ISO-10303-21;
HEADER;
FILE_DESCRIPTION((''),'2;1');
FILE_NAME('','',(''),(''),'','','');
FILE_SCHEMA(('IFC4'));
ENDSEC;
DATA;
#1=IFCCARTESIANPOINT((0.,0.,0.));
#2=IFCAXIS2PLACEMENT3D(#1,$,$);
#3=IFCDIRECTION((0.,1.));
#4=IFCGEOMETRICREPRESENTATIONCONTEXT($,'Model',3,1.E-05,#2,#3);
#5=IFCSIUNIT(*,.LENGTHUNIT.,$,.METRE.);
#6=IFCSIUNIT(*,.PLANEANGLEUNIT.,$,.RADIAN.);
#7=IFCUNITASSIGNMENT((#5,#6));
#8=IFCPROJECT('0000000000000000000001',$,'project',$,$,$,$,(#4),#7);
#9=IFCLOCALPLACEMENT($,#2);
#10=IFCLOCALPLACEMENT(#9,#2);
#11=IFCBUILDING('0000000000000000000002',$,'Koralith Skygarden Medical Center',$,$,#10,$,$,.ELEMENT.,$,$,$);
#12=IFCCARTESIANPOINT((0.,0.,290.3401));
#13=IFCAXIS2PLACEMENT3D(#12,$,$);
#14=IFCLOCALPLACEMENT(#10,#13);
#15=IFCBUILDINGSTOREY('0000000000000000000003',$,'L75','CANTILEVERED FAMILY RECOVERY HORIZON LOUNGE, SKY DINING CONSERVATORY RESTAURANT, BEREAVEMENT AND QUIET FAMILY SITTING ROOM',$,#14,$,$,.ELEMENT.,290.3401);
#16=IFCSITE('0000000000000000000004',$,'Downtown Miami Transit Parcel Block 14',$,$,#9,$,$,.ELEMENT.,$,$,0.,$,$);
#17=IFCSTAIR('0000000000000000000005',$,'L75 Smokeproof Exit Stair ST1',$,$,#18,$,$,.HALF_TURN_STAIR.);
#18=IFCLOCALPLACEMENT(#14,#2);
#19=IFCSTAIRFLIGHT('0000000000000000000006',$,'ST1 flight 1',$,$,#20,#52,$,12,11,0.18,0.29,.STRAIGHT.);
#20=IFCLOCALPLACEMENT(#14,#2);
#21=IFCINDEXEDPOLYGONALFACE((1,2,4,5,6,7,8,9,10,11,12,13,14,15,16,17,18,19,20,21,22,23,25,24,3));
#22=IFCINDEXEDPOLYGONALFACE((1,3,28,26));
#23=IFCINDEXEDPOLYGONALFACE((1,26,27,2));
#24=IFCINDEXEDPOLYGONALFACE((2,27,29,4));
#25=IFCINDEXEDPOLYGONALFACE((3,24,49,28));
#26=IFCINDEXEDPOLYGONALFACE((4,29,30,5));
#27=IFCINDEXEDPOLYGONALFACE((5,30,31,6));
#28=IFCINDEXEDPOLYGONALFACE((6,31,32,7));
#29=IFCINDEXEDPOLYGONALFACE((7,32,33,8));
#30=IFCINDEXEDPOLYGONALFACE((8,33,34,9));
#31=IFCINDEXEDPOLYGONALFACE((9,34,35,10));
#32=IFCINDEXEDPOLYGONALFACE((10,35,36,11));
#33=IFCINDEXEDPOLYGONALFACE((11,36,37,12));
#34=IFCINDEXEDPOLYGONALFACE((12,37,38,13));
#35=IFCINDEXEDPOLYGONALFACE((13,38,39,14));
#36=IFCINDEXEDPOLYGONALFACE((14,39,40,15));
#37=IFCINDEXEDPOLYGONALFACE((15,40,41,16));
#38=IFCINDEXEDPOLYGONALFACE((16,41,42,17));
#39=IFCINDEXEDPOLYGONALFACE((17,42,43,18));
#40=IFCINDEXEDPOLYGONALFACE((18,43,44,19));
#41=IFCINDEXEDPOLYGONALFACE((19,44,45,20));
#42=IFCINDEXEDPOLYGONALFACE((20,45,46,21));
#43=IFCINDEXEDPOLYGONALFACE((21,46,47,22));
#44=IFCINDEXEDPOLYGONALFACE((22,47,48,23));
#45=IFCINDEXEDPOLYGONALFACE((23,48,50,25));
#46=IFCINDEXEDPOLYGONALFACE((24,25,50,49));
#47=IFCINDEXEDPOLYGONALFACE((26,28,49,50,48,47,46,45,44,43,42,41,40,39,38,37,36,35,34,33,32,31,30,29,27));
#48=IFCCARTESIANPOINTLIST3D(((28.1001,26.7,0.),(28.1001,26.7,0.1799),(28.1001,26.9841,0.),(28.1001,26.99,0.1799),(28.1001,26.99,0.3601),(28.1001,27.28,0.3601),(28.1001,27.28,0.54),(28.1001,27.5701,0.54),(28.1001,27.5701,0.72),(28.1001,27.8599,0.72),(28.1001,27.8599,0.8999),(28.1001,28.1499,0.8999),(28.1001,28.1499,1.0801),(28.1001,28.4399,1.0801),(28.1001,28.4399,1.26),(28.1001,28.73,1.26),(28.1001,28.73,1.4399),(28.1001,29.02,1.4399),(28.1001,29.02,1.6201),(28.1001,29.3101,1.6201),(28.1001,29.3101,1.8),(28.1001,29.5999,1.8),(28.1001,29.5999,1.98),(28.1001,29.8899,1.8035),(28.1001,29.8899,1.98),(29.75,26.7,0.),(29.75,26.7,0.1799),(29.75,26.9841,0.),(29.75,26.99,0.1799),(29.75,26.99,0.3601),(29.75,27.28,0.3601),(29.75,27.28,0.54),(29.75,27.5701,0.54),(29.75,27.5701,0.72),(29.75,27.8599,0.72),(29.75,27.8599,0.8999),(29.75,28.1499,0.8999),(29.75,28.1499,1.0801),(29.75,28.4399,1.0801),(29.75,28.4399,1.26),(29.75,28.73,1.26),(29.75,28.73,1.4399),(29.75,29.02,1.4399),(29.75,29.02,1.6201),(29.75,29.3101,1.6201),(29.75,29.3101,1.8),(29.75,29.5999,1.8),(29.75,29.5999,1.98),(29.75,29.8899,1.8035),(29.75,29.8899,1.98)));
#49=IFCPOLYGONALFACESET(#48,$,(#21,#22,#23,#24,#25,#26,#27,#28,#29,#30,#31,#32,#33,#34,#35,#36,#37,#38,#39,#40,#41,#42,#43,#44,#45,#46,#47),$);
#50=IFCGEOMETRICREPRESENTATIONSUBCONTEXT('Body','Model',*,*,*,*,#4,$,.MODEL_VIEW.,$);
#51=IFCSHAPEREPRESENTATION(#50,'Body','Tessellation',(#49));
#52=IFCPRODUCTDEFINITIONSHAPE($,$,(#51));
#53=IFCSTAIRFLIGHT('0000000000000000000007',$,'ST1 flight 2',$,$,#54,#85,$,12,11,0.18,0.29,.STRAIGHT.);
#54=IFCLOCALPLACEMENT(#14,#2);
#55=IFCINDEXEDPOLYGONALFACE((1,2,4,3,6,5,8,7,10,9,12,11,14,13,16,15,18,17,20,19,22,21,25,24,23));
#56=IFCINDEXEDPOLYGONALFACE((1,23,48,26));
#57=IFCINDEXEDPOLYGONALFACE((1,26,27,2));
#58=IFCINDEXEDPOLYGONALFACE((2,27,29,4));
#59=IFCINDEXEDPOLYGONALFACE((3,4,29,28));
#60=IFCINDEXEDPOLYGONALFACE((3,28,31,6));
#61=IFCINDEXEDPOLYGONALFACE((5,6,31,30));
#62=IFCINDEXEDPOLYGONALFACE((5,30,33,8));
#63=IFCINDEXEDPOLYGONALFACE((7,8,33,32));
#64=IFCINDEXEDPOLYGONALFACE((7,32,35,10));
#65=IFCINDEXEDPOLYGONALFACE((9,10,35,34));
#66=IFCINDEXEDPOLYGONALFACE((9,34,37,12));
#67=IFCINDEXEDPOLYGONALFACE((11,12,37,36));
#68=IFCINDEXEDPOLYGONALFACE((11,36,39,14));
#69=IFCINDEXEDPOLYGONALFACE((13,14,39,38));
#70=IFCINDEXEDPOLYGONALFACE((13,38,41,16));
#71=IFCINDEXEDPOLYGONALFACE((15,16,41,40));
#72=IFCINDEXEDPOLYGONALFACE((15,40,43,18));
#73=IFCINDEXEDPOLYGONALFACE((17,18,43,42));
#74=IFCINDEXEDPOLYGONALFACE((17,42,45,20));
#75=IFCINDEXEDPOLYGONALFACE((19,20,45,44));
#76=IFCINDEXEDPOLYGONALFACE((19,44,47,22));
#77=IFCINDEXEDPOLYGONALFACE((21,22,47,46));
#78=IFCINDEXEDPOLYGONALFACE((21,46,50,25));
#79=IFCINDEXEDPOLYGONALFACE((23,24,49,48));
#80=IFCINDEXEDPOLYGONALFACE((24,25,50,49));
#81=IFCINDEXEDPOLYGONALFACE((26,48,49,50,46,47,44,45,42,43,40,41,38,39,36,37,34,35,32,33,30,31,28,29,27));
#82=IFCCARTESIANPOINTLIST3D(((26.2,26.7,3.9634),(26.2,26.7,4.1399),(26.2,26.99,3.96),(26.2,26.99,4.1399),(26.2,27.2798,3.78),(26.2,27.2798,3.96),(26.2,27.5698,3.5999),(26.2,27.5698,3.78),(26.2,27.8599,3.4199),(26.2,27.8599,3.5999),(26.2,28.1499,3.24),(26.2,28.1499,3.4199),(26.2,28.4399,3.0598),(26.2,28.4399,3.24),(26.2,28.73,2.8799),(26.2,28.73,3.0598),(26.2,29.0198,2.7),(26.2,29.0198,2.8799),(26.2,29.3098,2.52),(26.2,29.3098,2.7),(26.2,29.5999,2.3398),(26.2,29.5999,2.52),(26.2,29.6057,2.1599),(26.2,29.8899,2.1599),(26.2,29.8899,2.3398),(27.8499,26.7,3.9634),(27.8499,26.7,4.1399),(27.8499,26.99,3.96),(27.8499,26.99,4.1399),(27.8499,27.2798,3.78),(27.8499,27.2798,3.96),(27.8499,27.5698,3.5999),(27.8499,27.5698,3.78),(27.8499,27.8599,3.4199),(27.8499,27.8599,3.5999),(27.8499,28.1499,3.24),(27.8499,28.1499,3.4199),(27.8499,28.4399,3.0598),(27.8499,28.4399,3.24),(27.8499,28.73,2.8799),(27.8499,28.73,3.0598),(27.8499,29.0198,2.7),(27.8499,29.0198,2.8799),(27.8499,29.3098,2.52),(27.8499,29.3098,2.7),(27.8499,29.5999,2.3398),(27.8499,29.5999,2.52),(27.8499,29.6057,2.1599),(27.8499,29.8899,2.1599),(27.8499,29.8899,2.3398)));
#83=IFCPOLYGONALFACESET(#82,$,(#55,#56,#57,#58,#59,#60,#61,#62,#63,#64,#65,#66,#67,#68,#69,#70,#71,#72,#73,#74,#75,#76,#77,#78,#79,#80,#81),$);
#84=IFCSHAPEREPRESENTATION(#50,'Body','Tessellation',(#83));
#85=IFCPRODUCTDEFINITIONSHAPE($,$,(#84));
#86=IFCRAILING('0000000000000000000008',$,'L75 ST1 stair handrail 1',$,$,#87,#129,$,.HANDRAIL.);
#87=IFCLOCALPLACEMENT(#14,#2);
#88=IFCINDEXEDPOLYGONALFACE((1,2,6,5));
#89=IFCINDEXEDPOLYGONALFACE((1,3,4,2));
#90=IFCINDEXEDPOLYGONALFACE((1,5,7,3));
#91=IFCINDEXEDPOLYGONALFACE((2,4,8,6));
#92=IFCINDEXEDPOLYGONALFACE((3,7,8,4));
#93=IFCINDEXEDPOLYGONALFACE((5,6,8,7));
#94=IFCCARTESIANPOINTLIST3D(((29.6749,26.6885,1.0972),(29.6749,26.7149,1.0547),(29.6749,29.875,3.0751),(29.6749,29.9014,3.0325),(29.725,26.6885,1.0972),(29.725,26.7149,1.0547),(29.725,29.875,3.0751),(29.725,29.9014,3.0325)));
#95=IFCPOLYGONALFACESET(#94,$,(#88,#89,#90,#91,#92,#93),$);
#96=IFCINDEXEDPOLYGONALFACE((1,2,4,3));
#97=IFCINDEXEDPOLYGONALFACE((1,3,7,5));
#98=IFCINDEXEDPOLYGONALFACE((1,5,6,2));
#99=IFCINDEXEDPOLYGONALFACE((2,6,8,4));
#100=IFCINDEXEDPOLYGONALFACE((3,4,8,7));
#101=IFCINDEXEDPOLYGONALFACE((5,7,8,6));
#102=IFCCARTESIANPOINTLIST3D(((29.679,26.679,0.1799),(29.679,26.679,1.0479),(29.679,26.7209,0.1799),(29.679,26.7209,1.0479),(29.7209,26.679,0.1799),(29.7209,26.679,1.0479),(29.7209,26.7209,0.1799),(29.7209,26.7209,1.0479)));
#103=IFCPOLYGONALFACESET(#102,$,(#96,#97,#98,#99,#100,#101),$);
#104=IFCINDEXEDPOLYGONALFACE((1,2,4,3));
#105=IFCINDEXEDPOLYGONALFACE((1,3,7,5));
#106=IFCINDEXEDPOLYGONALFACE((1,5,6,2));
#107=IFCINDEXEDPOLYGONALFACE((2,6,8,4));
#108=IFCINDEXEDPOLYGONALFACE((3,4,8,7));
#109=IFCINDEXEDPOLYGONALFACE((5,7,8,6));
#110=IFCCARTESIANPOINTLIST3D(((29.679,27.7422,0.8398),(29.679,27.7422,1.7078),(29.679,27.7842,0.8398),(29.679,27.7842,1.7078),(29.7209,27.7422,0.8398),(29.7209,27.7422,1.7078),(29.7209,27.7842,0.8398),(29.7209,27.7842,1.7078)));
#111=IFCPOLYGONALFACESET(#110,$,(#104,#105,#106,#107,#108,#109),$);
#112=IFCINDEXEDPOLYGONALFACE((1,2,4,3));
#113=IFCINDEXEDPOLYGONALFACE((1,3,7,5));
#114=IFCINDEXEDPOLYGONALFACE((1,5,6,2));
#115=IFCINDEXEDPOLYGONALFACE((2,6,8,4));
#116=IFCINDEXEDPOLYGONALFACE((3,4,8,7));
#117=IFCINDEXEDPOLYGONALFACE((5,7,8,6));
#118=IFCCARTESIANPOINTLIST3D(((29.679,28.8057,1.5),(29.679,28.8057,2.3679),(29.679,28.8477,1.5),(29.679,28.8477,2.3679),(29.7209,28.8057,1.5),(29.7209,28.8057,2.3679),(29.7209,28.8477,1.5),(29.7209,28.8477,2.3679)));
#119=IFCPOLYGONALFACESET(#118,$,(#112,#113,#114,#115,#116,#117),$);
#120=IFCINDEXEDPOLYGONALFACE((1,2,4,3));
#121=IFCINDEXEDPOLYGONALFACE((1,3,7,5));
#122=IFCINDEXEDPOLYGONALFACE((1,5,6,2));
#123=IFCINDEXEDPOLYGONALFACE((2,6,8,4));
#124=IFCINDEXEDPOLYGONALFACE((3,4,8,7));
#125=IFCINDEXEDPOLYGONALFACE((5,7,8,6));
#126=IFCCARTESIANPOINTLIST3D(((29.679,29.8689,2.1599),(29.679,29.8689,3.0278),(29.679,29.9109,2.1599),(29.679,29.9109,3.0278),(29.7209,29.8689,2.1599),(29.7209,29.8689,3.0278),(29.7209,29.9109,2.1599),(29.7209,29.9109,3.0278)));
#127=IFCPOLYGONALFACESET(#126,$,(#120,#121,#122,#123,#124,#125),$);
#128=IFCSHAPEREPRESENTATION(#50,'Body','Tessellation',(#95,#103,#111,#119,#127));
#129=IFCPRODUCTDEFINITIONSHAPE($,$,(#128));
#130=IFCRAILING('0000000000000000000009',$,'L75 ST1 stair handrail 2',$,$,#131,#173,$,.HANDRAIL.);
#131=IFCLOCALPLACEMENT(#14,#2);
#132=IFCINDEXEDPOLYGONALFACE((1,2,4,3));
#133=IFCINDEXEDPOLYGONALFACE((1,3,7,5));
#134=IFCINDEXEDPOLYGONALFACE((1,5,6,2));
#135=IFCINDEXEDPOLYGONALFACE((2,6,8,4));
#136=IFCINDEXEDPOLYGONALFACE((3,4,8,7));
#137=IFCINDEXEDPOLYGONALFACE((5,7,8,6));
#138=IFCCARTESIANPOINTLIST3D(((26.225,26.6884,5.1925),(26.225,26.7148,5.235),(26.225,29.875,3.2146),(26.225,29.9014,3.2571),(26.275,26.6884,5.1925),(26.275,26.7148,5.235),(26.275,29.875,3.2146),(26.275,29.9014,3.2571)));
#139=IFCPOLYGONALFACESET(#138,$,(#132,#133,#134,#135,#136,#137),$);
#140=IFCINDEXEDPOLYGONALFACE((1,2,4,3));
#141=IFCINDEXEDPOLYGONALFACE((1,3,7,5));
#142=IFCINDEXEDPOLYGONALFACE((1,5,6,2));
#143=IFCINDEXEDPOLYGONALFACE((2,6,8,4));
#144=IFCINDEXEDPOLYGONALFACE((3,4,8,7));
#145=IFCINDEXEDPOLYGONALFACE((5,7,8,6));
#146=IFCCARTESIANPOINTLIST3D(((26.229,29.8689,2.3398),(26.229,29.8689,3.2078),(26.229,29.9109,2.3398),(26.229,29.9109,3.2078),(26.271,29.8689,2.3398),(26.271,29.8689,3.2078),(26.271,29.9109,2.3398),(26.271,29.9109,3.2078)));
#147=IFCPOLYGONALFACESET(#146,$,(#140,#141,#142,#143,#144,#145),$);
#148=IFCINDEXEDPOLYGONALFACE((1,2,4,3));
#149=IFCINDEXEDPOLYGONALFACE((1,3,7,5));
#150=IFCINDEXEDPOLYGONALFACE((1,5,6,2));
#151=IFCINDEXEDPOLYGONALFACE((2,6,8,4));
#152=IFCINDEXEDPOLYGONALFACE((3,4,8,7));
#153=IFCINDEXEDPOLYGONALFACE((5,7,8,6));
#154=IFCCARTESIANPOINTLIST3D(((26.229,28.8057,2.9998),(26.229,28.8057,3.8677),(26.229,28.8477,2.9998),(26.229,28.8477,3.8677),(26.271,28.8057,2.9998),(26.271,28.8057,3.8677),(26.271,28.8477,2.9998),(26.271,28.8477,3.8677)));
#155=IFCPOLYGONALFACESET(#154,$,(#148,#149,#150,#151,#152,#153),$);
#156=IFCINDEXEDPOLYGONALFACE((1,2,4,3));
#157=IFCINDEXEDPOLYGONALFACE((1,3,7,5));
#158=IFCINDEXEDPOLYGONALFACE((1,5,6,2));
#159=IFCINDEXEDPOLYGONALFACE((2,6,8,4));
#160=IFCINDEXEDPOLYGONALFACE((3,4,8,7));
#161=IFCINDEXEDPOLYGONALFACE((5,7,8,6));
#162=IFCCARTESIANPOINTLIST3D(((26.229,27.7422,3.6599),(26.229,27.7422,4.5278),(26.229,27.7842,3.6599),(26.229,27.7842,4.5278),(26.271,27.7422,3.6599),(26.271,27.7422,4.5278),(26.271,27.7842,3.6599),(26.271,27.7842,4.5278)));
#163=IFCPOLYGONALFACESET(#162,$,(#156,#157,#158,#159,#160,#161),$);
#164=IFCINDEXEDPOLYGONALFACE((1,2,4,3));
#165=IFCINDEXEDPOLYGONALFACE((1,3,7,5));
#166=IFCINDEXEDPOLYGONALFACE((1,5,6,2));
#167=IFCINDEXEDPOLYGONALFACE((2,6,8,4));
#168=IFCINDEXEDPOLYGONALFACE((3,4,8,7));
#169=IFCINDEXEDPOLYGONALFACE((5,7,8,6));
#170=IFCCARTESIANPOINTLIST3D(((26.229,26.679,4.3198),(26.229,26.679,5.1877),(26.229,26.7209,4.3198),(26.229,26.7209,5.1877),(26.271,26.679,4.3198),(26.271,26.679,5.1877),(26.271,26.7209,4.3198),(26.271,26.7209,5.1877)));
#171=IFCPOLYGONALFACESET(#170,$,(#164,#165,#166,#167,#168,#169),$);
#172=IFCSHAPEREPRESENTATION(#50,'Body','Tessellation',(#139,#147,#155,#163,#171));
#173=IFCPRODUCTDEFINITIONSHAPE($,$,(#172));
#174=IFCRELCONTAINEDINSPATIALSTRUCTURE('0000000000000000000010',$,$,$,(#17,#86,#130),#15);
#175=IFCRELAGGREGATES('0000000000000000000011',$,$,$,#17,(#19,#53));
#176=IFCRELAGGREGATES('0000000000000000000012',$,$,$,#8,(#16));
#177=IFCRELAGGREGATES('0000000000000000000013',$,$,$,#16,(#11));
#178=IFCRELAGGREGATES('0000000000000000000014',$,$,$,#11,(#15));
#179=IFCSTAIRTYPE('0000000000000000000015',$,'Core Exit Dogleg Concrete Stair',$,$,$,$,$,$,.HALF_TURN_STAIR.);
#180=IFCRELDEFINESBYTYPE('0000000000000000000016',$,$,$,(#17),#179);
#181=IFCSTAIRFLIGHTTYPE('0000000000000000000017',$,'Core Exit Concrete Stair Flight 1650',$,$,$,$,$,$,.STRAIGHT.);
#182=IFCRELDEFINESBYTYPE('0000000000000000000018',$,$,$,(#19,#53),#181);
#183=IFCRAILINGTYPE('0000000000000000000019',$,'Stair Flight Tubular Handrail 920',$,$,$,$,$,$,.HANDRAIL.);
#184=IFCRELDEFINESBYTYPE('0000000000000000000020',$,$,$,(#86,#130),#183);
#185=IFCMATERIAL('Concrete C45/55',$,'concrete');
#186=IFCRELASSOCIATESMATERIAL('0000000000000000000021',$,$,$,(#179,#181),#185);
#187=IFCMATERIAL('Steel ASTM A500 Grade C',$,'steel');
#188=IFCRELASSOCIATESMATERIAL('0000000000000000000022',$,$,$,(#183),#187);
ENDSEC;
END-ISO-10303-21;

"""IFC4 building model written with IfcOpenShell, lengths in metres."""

from ifc_helpers import new_model, si_unit, direction, frame, origin, origin_2d, place, context, subcontext, project, spatial, polyline, rectangle, outline, extrude, material, type_object, element, aggregate, save


model = new_model("IFC4")

# Units and contexts
model_context = context("Model", 3, precision=1e-05, world=origin(), true_north=direction((0.0, 1.0)))
body_context = subcontext(model_context, "Body", "Model", "MODEL_VIEW")
ifc_project = project(units=[si_unit("LENGTHUNIT", "METRE"), si_unit("PLANEANGLEUNIT", "RADIAN")], contexts=[model_context])

# Site, building, storey
site_placement = place(None, origin())
site = spatial("IfcSite", under=ifc_project, at=site_placement, Name="Downtown Miami Transit Parcel Block 14", CompositionType="ELEMENT", RefElevation=0.0)
building_placement = place(site_placement, origin())
building = spatial("IfcBuilding", under=site, at=building_placement, Name="Koralith Skygarden Medical Center", CompositionType="ELEMENT")
storey_placement = place(building_placement, frame((0.0, 0.0, 290.3401)))
storey = spatial("IfcBuildingStorey", under=building, at=storey_placement, Name="L75", Description="CANTILEVERED FAMILY RECOVERY HORIZON LOUNGE, SKY DINING CONSERVATORY RESTAURANT, BEREAVEMENT AND QUIET FAMILY SITTING ROOM", CompositionType="ELEMENT", Elevation=290.3401)

# Shared definitions
ifc_material_1 = material(Name="Concrete C45/55", Category="concrete")

# Shared definitions
ifc_material_2 = material(Name="Steel ASTM A500 Grade C", Category="steel")

# Stair, stair flights
stair_type = type_object("IfcStairType", Name="Core Exit Dogleg Concrete Stair", PredefinedType="HALF_TURN_STAIR", material=ifc_material_1)
stair_placement = place(storey_placement, origin())
stair = element("IfcStair", 1, at=stair_placement, inside=storey, type_object=stair_type, Name="L75 Smokeproof Exit Stair ST1", PredefinedType="HALF_TURN_STAIR")
stair_flight_type = type_object("IfcStairFlightType", Name="Core Exit Concrete Stair Flight 1650", PredefinedType="STRAIGHT", material=ifc_material_1)
stair_flight_1_placement = place(storey_placement, frame((28.925, 26.7, 0.0), z_axis=(0.0, 0.0, 1.0), x_axis=(0.0, 1.0, 0.0)))
stair_flight_1 = element("IfcStairFlight", 2, at=stair_flight_1_placement, type_object=stair_flight_type, Name="ST1 flight 1", NumberOfRisers=12, NumberOfTreads=11, PredefinedType="STRAIGHT", RiserHeight=0.18, TreadLength=0.29, context=body_context, shape_type="SweptSolid", body=[
    extrude(outline(polyline([(0.0, 0.0), (0.0, 0.1799), (0.29, 0.1799), (0.29, 0.3601), (0.5801, 0.3601), (0.5801, 0.54), (0.8701, 0.54), (0.8701, 0.72), (1.1599, 0.72), (1.1599, 0.8999), (1.45, 0.8999), (1.45, 1.0801), (1.74, 1.0801), (1.74, 1.26), (2.03, 1.26), (2.03, 1.4399), (2.3201, 1.4399), (2.3201, 1.6201), (2.6101, 1.6201), (2.6101, 1.8), (2.8999, 1.8), (2.8999, 1.98), (3.1899, 1.98), (3.1899, 2.1599), (3.1899, 1.8035), (0.2842, 0.0), (0.0, 0.0)])), frame((0.0, 0.825, 0.0), z_axis=(0.0, -1.0, 0.0), x_axis=(1.0, 0.0, 0.0)), (0.0, 0.0, 1.0), 1.6499),
])
stair_flight_2_placement = place(storey_placement, frame((27.0249, 29.8899, 2.1599), z_axis=(0.0, 0.0, 1.0), x_axis=(0.0, -1.0, 0.0)))
stair_flight_2 = element("IfcStairFlight", 3, at=stair_flight_2_placement, type_object=stair_flight_type, Name="ST1 flight 2", NumberOfRisers=12, NumberOfTreads=11, PredefinedType="STRAIGHT", RiserHeight=0.18, TreadLength=0.29, context=body_context, shape_type="SweptSolid", body=[
    extrude(outline(polyline([(0.0, 0.0), (0.0, 0.1799), (0.29, 0.1799), (0.29, 0.3601), (0.5801, 0.3601), (0.5801, 0.54), (0.8701, 0.54), (0.8701, 0.72), (1.1599, 0.72), (1.1599, 0.8999), (1.45, 0.8999), (1.45, 1.0801), (1.74, 1.0801), (1.74, 1.26), (2.03, 1.26), (2.03, 1.4399), (2.3201, 1.4399), (2.3201, 1.6201), (2.6101, 1.6201), (2.6101, 1.8), (2.8999, 1.8), (2.8999, 1.98), (3.1899, 1.98), (3.1899, 2.1599), (3.1899, 1.8035), (0.2842, 0.0), (0.0, 0.0)])), frame((0.0, 0.825, 0.0), z_axis=(0.0, -1.0, 0.0), x_axis=(1.0, 0.0, 0.0)), (0.0, 0.0, 1.0), 1.6499),
])
aggregate(stair, [stair_flight_1, stair_flight_2])

# Railings
railing_type_1 = type_object("IfcRailingType", Name="Stair Flight Tubular Handrail 920", PredefinedType="HANDRAIL", material=ifc_material_2)
railing_1_placement = place(storey_placement, frame((29.7, 26.7, 0.1799)))
element("IfcRailing", 4, at=railing_1_placement, inside=storey, type_object=railing_type_1, Name="L75 ST1 stair handrail 1", PredefinedType="HANDRAIL", context=body_context, shape_type="SweptSolid", body=[
    extrude(rectangle(XDim=0.05, YDim=0.05, at=origin_2d()), frame((0.0, 0.0017, 0.896), z_axis=(0.0, 0.849638, 0.527366), x_axis=(-1.0, 0.0, 0.0)), (0.0, 0.0, 1.0), 3.7505),
    extrude(rectangle(XDim=0.042, YDim=0.042, at=origin_2d()), origin(), (0.0, 0.0, 1.0), 0.8679),
    extrude(rectangle(XDim=0.042, YDim=0.042, at=origin_2d()), frame((0.0, 1.0632, 0.6599)), (0.0, 0.0, 1.0), 0.8679),
    extrude(rectangle(XDim=0.042, YDim=0.042, at=origin_2d()), frame((0.0, 2.1267, 1.3201)), (0.0, 0.0, 1.0), 0.8679),
    extrude(rectangle(XDim=0.042, YDim=0.042, at=origin_2d()), frame((0.0, 3.1899, 1.98)), (0.0, 0.0, 1.0), 0.8679),
])
railing_2_placement = place(storey_placement, frame((26.25, 29.8899, 2.3398)))
element("IfcRailing", 5, at=railing_2_placement, inside=storey, type_object=railing_type_1, Name="L75 ST1 stair handrail 2", PredefinedType="HANDRAIL", context=body_context, shape_type="SweptSolid", body=[
    extrude(rectangle(XDim=0.05, YDim=0.05, at=origin_2d()), frame((0.0, -0.0017, 0.896), z_axis=(0.0, -0.849638, 0.527366), x_axis=(1.0, 0.0, 0.0)), (0.0, 0.0, 1.0), 3.7505),
    extrude(rectangle(XDim=0.042, YDim=0.042, at=origin_2d()), origin(), (0.0, 0.0, 1.0), 0.8679),
    extrude(rectangle(XDim=0.042, YDim=0.042, at=origin_2d()), frame((0.0, -1.0632, 0.6599)), (0.0, 0.0, 1.0), 0.8679),
    extrude(rectangle(XDim=0.042, YDim=0.042, at=origin_2d()), frame((0.0, -2.1267, 1.3201)), (0.0, 0.0, 1.0), 0.8679),
    extrude(rectangle(XDim=0.042, YDim=0.042, at=origin_2d()), frame((0.0, -3.1899, 1.98)), (0.0, 0.0, 1.0), 0.8679),
])

save(model, "model.ifc")
